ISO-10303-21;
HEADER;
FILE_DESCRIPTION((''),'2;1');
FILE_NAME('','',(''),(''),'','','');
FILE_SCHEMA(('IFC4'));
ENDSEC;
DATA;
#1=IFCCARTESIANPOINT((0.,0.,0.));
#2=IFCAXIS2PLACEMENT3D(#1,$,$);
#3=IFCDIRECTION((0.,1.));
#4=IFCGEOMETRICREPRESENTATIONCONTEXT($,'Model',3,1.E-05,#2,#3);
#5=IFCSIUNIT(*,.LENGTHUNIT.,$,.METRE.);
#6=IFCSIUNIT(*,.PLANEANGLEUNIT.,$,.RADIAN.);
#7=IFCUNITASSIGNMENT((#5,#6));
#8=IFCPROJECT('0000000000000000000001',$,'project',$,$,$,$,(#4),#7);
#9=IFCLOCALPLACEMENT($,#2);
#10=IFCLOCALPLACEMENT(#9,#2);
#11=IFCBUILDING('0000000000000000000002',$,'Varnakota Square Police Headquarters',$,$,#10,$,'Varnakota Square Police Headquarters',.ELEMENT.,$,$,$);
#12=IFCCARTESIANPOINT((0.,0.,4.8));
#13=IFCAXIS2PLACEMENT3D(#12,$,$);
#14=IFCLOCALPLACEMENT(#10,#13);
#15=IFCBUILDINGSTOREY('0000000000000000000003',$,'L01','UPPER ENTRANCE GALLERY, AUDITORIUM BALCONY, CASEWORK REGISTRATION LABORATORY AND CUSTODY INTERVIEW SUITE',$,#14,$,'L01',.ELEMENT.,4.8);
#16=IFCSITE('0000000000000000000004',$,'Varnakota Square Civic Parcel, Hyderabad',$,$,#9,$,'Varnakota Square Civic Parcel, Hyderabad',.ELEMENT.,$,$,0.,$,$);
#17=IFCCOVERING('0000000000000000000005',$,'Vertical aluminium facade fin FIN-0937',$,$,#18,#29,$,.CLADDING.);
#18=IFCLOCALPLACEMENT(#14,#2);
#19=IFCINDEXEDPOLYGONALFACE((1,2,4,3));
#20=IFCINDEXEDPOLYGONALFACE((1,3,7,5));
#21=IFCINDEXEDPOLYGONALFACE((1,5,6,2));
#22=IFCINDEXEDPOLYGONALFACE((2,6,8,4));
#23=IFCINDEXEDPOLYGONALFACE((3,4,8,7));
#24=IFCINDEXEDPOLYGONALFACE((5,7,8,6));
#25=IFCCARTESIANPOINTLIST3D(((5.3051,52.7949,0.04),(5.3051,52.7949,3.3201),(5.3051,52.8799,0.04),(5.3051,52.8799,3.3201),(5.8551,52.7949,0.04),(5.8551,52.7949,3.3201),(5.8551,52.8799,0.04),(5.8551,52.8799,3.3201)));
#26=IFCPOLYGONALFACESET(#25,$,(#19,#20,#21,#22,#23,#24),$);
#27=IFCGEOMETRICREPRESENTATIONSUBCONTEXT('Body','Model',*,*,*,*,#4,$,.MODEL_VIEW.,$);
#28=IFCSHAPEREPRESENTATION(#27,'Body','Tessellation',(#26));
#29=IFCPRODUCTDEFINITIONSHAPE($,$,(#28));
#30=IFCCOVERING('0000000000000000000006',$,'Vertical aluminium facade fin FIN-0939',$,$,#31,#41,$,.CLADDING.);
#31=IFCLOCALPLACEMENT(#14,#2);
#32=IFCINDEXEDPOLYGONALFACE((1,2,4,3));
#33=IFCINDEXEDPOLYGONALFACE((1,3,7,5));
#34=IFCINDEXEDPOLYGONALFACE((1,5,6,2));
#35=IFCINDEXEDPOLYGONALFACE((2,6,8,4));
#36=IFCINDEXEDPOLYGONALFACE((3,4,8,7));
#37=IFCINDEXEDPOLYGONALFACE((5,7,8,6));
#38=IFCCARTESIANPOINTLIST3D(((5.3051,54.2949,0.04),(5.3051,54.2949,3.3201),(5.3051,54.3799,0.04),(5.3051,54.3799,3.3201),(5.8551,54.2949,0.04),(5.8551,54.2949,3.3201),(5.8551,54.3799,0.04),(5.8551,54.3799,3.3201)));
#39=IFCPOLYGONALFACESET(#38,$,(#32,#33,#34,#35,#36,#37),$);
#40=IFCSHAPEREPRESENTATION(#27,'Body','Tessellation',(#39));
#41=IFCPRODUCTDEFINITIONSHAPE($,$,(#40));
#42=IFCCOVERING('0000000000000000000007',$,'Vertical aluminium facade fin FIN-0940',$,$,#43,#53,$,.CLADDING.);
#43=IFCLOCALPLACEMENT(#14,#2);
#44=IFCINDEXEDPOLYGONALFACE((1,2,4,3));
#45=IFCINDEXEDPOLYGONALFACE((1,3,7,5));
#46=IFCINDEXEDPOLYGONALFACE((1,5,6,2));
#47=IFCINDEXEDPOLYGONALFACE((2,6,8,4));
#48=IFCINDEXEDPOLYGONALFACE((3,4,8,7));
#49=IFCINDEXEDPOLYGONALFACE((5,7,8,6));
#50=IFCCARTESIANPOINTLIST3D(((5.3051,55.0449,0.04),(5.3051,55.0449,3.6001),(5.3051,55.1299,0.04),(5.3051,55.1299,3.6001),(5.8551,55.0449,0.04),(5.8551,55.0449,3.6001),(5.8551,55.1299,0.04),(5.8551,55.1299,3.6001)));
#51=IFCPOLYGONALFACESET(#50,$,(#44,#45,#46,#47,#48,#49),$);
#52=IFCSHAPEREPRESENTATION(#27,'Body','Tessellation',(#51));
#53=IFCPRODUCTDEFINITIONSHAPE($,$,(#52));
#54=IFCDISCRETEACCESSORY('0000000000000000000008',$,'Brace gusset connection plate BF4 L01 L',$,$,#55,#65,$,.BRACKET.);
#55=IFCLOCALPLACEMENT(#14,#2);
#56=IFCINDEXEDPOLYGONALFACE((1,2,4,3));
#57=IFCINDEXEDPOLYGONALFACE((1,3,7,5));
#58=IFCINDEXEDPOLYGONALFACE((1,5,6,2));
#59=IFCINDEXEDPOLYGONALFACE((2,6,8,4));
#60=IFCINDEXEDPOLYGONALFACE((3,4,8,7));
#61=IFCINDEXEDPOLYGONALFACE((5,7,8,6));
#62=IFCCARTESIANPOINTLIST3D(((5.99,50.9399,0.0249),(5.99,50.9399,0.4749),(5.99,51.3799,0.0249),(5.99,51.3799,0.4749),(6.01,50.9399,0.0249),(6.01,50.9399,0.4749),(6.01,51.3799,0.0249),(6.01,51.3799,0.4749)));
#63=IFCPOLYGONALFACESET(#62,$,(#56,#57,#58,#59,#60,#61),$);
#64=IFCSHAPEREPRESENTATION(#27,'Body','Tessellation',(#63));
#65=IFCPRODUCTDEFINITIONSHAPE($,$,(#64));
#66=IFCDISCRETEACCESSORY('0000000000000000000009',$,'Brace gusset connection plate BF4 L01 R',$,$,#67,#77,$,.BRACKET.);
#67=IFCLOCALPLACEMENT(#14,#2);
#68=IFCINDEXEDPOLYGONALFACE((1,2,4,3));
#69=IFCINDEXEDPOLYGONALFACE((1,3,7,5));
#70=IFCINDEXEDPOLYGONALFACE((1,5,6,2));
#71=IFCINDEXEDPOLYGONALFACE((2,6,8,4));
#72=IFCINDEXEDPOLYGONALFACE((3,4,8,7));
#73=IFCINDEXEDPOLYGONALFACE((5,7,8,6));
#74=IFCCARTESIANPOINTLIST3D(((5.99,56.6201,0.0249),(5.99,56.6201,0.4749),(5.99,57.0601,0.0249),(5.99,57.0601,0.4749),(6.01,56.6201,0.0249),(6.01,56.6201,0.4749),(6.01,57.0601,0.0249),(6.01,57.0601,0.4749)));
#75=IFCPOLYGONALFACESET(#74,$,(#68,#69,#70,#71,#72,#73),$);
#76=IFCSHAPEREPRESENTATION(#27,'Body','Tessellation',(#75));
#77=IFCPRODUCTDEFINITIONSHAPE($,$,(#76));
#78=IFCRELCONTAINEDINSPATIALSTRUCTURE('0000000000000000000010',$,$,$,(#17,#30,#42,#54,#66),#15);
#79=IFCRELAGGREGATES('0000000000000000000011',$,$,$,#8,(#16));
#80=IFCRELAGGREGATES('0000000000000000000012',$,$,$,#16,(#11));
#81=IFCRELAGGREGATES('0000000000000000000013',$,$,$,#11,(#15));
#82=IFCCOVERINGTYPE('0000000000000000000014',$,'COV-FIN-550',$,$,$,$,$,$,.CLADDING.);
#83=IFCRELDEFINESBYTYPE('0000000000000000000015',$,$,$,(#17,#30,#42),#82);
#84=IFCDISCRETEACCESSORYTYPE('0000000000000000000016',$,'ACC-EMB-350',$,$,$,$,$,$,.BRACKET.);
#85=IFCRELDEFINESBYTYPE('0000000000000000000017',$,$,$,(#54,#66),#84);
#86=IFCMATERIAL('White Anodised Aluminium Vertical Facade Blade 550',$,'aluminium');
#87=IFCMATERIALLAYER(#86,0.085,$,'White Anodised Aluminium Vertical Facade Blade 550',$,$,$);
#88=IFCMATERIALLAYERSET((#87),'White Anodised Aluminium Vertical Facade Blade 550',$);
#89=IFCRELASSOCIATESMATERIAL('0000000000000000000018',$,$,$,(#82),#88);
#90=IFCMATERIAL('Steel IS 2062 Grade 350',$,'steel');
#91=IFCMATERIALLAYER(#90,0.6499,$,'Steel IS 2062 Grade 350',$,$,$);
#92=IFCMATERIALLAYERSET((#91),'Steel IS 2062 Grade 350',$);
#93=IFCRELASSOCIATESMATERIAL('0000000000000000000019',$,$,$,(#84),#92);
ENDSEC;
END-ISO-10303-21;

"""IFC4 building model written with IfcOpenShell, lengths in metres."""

from ifc_helpers import new_model, si_unit, direction, frame, origin, origin_2d, place, context, subcontext, project, spatial, rectangle, extrude, material, layer, layer_set, type_object, element, save


model = new_model("IFC4")

# Units and contexts
model_context = context("Model", 3, precision=1e-05, world=origin(), true_north=direction((0.0, 1.0)))
body_context = subcontext(model_context, "Body", "Model", "MODEL_VIEW")
ifc_project = project(units=[si_unit("LENGTHUNIT", "METRE"), si_unit("PLANEANGLEUNIT", "RADIAN")], contexts=[model_context])

# Site, building, storey
site_placement = place(None, origin())
site = spatial("IfcSite", under=ifc_project, at=site_placement, Name="Varnakota Square Civic Parcel, Hyderabad", LongName="Varnakota Square Civic Parcel, Hyderabad", CompositionType="ELEMENT", RefElevation=0.0)
building_placement = place(site_placement, origin())
building = spatial("IfcBuilding", under=site, at=building_placement, Name="Varnakota Square Police Headquarters", LongName="Varnakota Square Police Headquarters", CompositionType="ELEMENT")
storey_placement = place(building_placement, frame((0.0, 0.0, 4.8)))
storey = spatial("IfcBuildingStorey", under=building, at=storey_placement, Name="L01", Description="UPPER ENTRANCE GALLERY, AUDITORIUM BALCONY, CASEWORK REGISTRATION LABORATORY AND CUSTODY INTERVIEW SUITE", LongName="L01", CompositionType="ELEMENT", Elevation=4.8)

# Shared definitions
ifc_material_1 = material(Name="Steel IS 2062 Grade 350", Category="steel")

# Coverings
ifc_material_2 = material(Name="White Anodised Aluminium Vertical Facade Blade 550", Category="aluminium")
ifc_layer_1 = layer(ifc_material_2, 0.085, Name="White Anodised Aluminium Vertical Facade Blade 550")
ifc_layer_set_1 = layer_set([ifc_layer_1], Name="White Anodised Aluminium Vertical Facade Blade 550")
covering_type_1 = type_object("IfcCoveringType", Name="COV-FIN-550", PredefinedType="CLADDING", material=ifc_layer_set_1)
for number, where, z_axis, x_axis, name in (
    (1, (5.5801, 52.8374, 0.04), (0.0, 0.0, 1.0), (0.0, 1.0, 0.0), "Vertical aluminium facade fin FIN-0937"),
    (2, (5.5801, 54.3374, 0.04), (0.0, 0.0, 1.0), (0.0, 1.0, 0.0), "Vertical aluminium facade fin FIN-0939"),
):
    element("IfcCovering", number, at=place(storey_placement, frame(where, z_axis=z_axis, x_axis=x_axis)), inside=storey, type_object=covering_type_1, Name=name, PredefinedType="CLADDING", context=body_context, shape_type="SweptSolid", body=[
        extrude(rectangle(XDim=0.085, YDim=0.55, at=origin_2d()), origin(), (0.0, 0.0, 1.0), 3.28),
    ])
covering_1_placement = place(storey_placement, frame((5.5801, 55.0874, 0.04), z_axis=(0.0, 0.0, 1.0), x_axis=(0.0, 1.0, 0.0)))
element("IfcCovering", 3, at=covering_1_placement, inside=storey, type_object=covering_type_1, Name="Vertical aluminium facade fin FIN-0940", PredefinedType="CLADDING", context=body_context, shape_type="SweptSolid", body=[
    extrude(rectangle(XDim=0.085, YDim=0.55, at=origin_2d()), origin(), (0.0, 0.0, 1.0), 3.5601),
])

# Discrete accessories
ifc_layer_2 = layer(ifc_material_1, 0.6499, Name="Steel IS 2062 Grade 350")
ifc_layer_set_2 = layer_set([ifc_layer_2], Name="Steel IS 2062 Grade 350")
discrete_accessory_type = type_object("IfcDiscreteAccessoryType", Name="ACC-EMB-350", PredefinedType="BRACKET", material=ifc_layer_set_2)
for number, where, z_axis, x_axis, name in (
    (4, (6.0, 51.1599, 0.0249), (0.0, 0.0, 1.0), (0.0, 1.0, 0.0), "Brace gusset connection plate BF4 L01 L"),
    (5, (6.0, 56.8401, 0.0249), (0.0, 0.0, 1.0), (0.0, 1.0, 0.0), "Brace gusset connection plate BF4 L01 R"),
):
    element("IfcDiscreteAccessory", number, at=place(storey_placement, frame(where, z_axis=z_axis, x_axis=x_axis)), inside=storey, type_object=discrete_accessory_type, Name=name, PredefinedType="BRACKET", context=body_context, shape_type="SweptSolid", body=[
        extrude(rectangle(XDim=0.4399, YDim=0.02, at=origin_2d()), origin(), (0.0, 0.0, 1.0), 0.45),
    ])

save(model, "model.ifc")
